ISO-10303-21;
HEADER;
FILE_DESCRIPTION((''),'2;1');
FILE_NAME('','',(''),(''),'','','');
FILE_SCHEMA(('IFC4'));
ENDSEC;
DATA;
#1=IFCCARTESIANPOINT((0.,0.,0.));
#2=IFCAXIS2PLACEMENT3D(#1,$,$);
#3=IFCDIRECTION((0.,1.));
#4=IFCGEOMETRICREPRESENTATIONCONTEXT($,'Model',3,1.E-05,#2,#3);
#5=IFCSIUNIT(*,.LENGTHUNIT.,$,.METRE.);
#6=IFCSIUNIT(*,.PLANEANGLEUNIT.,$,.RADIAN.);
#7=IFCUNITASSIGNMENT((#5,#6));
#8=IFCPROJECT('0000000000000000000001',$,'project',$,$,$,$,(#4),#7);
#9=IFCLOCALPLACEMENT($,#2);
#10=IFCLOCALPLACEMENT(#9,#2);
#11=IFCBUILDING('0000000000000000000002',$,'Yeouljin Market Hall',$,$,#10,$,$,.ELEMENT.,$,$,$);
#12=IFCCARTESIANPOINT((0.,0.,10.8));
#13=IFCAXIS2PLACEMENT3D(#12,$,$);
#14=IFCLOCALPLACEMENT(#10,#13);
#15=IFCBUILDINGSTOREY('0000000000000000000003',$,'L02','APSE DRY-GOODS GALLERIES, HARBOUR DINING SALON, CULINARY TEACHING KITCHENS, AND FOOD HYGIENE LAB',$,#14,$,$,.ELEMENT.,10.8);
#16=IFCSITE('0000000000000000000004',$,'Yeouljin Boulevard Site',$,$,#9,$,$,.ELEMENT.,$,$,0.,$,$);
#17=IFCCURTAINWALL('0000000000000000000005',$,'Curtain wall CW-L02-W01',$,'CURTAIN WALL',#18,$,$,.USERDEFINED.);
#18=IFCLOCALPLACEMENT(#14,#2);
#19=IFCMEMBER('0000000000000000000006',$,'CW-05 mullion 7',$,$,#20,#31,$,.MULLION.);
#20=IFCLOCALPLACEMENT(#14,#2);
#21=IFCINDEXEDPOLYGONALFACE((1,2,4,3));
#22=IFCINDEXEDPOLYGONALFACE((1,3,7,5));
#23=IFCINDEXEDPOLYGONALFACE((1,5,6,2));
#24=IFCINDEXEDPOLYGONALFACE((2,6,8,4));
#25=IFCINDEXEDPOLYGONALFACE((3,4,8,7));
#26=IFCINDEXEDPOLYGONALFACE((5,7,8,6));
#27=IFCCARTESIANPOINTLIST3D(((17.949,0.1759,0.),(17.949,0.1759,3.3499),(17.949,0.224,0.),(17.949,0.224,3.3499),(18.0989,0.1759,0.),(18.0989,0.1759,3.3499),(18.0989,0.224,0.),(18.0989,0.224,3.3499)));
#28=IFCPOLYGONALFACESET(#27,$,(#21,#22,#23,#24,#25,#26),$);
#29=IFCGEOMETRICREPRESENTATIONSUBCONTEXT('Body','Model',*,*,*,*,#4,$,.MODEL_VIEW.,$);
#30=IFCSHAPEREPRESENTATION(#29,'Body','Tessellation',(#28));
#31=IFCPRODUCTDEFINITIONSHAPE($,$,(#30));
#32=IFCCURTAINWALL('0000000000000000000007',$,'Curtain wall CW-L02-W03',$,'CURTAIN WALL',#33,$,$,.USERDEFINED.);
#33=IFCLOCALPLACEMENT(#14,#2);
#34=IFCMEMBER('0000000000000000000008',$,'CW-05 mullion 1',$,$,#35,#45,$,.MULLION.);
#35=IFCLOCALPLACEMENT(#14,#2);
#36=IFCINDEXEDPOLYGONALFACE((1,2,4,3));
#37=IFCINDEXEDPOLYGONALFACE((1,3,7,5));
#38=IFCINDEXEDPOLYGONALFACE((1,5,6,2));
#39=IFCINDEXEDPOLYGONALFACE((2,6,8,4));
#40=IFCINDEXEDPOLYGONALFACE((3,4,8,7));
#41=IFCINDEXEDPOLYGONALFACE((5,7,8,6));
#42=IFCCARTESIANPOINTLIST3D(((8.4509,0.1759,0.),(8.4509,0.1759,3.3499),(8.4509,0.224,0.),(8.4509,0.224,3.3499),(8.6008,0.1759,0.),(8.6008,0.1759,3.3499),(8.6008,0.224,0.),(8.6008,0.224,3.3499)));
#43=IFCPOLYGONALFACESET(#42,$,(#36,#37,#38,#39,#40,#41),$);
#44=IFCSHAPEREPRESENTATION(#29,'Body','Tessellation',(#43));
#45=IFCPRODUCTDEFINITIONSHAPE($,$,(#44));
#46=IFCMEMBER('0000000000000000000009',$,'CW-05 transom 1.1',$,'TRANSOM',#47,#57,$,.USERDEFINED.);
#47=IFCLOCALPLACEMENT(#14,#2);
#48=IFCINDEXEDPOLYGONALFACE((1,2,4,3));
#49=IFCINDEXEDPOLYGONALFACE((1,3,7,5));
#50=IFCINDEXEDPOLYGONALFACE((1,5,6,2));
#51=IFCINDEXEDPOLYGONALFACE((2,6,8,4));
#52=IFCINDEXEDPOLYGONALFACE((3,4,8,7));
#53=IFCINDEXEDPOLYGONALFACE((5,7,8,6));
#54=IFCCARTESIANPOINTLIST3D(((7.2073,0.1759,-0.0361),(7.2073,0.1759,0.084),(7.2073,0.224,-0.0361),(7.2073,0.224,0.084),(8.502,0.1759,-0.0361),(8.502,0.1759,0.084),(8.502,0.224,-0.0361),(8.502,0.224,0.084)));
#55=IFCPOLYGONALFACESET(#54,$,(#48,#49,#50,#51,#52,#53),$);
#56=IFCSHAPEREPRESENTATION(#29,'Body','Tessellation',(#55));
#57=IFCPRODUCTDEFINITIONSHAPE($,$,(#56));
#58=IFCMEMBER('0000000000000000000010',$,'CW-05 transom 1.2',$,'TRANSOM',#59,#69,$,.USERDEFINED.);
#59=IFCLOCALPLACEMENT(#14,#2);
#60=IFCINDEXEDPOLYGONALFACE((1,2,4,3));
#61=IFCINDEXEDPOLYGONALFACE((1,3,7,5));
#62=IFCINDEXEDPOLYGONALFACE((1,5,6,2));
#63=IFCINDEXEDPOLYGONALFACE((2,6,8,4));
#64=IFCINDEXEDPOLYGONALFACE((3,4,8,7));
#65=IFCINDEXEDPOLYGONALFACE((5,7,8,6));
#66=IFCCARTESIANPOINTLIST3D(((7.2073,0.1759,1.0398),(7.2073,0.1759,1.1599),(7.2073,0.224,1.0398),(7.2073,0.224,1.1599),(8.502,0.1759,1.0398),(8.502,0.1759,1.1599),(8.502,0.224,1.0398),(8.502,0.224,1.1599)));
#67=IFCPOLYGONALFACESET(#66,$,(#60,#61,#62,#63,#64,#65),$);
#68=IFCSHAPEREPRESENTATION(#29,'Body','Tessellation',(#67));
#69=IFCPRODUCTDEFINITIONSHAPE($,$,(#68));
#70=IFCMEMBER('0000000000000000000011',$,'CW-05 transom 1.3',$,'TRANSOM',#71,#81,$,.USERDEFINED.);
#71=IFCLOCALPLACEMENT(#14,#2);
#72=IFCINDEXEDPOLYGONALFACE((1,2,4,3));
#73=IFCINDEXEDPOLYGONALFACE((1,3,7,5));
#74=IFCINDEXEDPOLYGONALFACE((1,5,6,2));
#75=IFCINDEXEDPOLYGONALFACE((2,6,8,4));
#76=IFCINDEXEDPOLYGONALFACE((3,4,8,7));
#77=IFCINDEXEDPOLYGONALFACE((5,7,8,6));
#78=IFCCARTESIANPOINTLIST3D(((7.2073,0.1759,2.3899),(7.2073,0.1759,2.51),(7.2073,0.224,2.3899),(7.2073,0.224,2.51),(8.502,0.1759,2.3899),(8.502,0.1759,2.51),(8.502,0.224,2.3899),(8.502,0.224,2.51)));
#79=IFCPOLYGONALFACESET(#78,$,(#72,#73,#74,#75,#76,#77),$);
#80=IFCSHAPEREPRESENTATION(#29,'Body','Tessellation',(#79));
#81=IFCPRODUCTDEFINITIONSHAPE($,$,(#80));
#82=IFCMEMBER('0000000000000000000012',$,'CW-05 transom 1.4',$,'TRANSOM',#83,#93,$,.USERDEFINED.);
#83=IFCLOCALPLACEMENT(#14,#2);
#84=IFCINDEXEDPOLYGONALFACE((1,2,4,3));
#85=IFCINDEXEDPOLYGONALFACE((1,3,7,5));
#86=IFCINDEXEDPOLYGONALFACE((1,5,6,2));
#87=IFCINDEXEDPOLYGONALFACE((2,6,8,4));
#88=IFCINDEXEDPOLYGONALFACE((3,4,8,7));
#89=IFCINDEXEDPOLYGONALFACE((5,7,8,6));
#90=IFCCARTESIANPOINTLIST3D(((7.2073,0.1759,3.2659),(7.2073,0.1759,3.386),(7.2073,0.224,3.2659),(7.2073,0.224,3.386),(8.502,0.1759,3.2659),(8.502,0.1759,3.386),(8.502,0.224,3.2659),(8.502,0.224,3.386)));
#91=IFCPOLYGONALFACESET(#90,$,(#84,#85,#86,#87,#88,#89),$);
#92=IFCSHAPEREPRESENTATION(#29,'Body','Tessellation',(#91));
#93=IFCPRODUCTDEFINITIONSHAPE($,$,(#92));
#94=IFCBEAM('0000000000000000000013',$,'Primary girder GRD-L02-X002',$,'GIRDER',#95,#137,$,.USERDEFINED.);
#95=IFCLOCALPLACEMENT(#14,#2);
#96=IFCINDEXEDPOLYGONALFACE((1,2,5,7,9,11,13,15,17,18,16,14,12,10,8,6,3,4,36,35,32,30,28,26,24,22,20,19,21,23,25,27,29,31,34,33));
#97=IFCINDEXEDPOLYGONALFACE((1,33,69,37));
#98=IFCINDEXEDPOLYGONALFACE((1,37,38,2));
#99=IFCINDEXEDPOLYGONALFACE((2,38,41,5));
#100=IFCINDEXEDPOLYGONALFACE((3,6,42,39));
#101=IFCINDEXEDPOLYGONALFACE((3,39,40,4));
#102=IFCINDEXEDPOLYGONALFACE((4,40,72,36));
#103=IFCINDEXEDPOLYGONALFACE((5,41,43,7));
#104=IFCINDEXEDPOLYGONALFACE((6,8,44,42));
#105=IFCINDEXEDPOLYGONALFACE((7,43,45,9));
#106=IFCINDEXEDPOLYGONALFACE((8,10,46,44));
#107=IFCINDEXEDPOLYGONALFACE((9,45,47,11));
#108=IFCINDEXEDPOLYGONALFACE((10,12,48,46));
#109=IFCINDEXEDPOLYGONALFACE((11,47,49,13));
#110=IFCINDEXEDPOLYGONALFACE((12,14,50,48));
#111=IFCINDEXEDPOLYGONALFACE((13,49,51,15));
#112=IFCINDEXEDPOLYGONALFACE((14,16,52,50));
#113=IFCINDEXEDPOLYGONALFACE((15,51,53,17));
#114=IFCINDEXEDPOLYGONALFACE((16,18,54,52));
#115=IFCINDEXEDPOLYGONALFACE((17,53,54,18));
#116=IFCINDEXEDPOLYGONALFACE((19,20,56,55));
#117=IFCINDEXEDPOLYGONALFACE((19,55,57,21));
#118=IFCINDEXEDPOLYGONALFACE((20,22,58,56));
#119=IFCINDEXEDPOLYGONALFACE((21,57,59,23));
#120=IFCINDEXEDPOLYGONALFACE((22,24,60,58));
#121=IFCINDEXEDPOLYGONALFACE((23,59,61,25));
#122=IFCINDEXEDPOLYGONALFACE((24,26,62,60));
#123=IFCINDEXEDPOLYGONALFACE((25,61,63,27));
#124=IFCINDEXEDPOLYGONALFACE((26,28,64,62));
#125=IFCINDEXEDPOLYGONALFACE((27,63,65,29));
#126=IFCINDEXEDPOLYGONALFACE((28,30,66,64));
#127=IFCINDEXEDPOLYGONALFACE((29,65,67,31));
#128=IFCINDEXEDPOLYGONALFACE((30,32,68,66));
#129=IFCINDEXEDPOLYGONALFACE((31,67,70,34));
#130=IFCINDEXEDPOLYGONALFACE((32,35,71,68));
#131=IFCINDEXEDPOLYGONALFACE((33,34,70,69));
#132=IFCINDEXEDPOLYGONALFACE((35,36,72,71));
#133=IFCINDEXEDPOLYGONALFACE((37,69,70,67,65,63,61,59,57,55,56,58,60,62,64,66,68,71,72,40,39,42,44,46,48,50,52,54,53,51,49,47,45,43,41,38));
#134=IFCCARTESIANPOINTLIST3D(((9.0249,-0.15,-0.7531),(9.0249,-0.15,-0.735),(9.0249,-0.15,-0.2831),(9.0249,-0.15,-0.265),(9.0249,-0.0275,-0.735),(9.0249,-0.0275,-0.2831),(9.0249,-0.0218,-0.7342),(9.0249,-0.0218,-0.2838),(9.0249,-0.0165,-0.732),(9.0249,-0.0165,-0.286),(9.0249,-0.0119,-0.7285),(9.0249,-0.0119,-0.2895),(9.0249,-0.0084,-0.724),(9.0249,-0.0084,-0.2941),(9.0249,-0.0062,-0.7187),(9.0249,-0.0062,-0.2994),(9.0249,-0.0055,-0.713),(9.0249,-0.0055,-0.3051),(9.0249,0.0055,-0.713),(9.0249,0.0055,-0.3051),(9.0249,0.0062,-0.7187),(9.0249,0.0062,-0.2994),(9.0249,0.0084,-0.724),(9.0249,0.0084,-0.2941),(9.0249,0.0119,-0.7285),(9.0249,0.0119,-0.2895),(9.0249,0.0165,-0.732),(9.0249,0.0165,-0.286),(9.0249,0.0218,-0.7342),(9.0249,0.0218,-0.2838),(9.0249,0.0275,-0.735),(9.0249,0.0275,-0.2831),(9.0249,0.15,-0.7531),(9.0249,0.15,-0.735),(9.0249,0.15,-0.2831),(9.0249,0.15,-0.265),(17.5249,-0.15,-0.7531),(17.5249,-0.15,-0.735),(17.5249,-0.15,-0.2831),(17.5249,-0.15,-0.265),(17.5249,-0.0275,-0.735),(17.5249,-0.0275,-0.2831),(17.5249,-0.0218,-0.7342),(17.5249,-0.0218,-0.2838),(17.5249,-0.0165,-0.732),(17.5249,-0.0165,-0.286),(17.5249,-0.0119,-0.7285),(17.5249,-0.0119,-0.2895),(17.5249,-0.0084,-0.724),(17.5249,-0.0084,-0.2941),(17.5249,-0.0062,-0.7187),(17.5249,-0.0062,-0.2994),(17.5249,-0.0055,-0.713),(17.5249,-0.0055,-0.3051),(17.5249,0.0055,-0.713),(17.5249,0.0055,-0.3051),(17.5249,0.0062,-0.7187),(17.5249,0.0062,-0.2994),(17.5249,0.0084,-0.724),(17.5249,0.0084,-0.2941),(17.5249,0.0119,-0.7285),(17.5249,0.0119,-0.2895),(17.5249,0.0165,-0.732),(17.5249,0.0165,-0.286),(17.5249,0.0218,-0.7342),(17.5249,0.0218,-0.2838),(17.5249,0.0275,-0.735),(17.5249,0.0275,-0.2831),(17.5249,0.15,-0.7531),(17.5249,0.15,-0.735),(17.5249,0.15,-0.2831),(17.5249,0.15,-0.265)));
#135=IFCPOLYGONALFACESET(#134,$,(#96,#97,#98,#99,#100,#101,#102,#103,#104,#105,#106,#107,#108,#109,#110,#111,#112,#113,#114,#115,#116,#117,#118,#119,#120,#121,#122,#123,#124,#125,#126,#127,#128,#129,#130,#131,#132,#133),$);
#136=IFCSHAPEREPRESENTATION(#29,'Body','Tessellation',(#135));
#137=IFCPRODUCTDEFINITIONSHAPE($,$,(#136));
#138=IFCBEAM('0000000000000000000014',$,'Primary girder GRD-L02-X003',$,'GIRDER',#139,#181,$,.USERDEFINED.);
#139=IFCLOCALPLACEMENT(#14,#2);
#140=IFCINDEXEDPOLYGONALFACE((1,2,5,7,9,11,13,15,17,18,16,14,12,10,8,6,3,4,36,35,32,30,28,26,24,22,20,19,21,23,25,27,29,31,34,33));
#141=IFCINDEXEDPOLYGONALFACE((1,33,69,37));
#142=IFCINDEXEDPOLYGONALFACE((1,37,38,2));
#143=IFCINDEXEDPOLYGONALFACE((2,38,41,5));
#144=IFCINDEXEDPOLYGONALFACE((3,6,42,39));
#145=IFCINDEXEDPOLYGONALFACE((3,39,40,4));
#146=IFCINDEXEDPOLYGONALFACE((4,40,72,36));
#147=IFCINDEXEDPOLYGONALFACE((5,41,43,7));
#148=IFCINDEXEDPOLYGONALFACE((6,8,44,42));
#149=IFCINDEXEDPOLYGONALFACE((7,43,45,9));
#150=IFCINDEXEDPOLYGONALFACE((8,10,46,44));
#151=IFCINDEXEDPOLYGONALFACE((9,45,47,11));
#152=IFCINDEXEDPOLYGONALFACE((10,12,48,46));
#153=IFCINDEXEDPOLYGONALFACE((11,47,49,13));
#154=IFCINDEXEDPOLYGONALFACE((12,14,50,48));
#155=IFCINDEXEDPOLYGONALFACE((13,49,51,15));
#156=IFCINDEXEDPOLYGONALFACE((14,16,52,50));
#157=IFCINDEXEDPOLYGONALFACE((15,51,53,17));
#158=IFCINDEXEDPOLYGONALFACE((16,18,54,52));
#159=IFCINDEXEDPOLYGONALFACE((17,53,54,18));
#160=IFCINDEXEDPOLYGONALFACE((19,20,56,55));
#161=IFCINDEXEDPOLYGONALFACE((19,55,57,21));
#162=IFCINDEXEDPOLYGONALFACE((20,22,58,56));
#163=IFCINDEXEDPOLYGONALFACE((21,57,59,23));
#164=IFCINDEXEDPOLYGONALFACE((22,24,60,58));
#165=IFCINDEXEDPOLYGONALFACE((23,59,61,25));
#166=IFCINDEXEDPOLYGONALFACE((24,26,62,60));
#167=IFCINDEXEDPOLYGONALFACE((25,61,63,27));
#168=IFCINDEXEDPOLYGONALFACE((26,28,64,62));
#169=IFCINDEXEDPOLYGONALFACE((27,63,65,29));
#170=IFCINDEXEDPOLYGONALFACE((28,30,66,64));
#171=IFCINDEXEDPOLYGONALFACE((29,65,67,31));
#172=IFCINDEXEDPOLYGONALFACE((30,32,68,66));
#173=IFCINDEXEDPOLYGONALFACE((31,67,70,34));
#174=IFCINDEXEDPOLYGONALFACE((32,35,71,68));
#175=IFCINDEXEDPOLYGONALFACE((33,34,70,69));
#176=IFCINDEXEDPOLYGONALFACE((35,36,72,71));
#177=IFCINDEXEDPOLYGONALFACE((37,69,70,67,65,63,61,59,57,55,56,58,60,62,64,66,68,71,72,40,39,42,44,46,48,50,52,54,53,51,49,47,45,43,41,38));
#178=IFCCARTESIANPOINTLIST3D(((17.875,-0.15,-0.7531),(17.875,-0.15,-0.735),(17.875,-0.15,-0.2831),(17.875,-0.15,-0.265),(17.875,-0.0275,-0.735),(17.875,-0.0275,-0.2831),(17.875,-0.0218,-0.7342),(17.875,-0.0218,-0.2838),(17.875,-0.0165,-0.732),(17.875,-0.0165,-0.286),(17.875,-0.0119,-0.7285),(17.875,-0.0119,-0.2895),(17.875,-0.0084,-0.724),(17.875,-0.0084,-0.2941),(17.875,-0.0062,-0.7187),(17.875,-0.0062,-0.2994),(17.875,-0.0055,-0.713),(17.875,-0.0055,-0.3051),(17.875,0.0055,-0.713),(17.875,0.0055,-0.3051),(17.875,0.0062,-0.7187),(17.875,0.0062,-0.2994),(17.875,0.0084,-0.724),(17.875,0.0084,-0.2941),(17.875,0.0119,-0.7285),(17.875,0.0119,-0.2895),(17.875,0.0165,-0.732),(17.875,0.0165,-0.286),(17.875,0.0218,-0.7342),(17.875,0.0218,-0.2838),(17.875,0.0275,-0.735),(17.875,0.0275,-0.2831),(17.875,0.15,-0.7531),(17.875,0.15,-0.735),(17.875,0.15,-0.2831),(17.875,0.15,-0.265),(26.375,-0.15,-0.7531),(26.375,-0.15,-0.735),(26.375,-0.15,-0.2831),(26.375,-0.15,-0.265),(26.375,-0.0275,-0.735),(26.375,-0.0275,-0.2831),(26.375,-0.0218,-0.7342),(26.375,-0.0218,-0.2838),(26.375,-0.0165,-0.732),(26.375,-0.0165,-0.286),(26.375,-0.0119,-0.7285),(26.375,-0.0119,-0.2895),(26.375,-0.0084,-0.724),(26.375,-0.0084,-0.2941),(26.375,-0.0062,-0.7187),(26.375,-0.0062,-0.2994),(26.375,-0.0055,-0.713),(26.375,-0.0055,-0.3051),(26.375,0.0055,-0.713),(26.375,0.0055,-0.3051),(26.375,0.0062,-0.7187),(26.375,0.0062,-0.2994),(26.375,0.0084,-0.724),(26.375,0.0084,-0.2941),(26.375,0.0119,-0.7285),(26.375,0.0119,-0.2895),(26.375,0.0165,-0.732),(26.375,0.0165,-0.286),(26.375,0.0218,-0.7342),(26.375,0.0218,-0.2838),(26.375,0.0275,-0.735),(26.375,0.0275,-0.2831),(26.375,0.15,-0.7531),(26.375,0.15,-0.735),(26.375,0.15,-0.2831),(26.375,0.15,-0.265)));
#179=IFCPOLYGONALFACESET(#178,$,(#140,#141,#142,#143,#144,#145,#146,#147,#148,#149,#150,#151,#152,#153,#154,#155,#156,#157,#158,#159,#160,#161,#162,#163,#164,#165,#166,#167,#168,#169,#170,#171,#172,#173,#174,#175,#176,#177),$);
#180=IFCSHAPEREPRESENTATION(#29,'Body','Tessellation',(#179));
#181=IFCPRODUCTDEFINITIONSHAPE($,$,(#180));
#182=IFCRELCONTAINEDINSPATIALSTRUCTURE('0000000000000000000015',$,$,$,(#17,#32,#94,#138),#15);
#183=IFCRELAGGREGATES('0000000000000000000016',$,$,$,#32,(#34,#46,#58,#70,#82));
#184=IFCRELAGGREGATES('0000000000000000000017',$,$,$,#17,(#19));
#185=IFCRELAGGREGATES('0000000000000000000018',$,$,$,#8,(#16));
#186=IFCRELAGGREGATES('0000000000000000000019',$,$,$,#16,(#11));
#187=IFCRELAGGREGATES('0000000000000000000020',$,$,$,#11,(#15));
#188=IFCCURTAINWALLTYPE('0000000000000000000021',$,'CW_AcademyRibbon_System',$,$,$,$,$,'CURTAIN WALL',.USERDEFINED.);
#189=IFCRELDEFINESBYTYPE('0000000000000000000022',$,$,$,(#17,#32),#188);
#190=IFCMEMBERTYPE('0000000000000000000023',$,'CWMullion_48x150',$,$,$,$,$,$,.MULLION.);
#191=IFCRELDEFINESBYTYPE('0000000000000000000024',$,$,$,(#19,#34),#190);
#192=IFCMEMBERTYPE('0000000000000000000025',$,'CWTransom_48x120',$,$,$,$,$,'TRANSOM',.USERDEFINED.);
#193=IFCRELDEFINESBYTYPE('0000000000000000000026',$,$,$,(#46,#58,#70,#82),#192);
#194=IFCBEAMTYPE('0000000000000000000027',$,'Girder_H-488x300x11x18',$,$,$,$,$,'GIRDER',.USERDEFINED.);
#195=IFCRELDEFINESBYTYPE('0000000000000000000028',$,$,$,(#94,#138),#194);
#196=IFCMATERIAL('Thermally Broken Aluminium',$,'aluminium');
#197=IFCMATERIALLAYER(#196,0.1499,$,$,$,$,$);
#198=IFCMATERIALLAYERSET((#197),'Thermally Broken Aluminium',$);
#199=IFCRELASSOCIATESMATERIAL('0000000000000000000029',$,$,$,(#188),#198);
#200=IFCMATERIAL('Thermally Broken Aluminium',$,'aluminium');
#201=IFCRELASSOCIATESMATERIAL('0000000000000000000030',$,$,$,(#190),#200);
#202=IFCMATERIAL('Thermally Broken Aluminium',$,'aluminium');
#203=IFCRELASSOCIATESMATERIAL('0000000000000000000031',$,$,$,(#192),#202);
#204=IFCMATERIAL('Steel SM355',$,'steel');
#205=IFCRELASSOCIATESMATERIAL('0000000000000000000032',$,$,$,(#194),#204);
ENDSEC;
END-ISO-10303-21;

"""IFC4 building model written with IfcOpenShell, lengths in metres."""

from ifc_helpers import new_model, si_unit, direction, frame, origin, origin_2d, place, context, subcontext, project, spatial, rectangle, i_section, extrude, material, layer, layer_set, material_profile, profile_set, type_object, element, aggregate, save


model = new_model("IFC4")

# Units and contexts
model_context = context("Model", 3, precision=1e-05, world=origin(), true_north=direction((0.0, 1.0)))
body_context = subcontext(model_context, "Body", "Model", "MODEL_VIEW")
ifc_project = project(units=[si_unit("LENGTHUNIT", "METRE"), si_unit("PLANEANGLEUNIT", "RADIAN")], contexts=[model_context])

# Site, building, storey
site_placement = place(None, origin())
site = spatial("IfcSite", under=ifc_project, at=site_placement, Name="Yeouljin Boulevard Site", CompositionType="ELEMENT", RefElevation=0.0)
building_placement = place(site_placement, origin())
building = spatial("IfcBuilding", under=site, at=building_placement, Name="Yeouljin Market Hall", CompositionType="ELEMENT")
storey_placement = place(building_placement, frame((0.0, 0.0, 10.8)))
storey = spatial("IfcBuildingStorey", under=building, at=storey_placement, Name="L02", Description="APSE DRY-GOODS GALLERIES, HARBOUR DINING SALON, CULINARY TEACHING KITCHENS, AND FOOD HYGIENE LAB", CompositionType="ELEMENT", Elevation=10.8)

# Curtain wall, member
ifc_material_1 = material(Name="Thermally Broken Aluminium", Category="aluminium")
ifc_layer_1 = layer(ifc_material_1, 0.1499)
ifc_layer_set_1 = layer_set([ifc_layer_1], Name="Thermally Broken Aluminium")
curtain_wall_type = type_object("IfcCurtainWallType", Name="CW_AcademyRibbon_System", ElementType="CURTAIN WALL", PredefinedType="USERDEFINED", material=ifc_layer_set_1)
curtain_wall_1_placement = place(storey_placement, origin())
curtain_wall_1 = element("IfcCurtainWall", 1, at=curtain_wall_1_placement, inside=storey, type_object=curtain_wall_type, Name="Curtain wall CW-L02-W01", ObjectType="CURTAIN WALL", PredefinedType="USERDEFINED")
ifc_material_2 = material(Name="Thermally Broken Aluminium", Category="aluminium")
ifc_material_profile_1 = material_profile(ifc_material_2, rectangle(XDim=0.0481, YDim=0.1499, at=origin_2d()), Name="CW-MULL-48x150")
ifc_profile_set_1 = profile_set([ifc_material_profile_1], Name="Thermally Broken Aluminium")
member_type_1 = type_object("IfcMemberType", Name="CWMullion_48x150", PredefinedType="MULLION", material=ifc_profile_set_1)
member_1_placement = place(storey_placement, frame((18.0239, 0.2, 0.0), z_axis=(0.0, 0.0, 1.0), x_axis=(0.0, -1.0, 0.0)))
member_1 = element("IfcMember", 2, at=member_1_placement, type_object=member_type_1, Name="CW-05 mullion 7", PredefinedType="MULLION", context=body_context, shape_type="SweptSolid", body=[
    extrude(rectangle(XDim=0.0481, YDim=0.1499, at=origin_2d()), origin(), (0.0, 0.0, 1.0), 3.3499),
])

# Curtain wall, members
curtain_wall_2_placement = place(storey_placement, origin())
curtain_wall_2 = element("IfcCurtainWall", 3, at=curtain_wall_2_placement, inside=storey, type_object=curtain_wall_type, Name="Curtain wall CW-L02-W03", ObjectType="CURTAIN WALL", PredefinedType="USERDEFINED")
member_2_placement = place(storey_placement, frame((8.5259, 0.2, 0.0), z_axis=(0.0, 0.0, 1.0), x_axis=(0.0, -1.0, 0.0)))
member_2 = element("IfcMember", 4, at=member_2_placement, type_object=member_type_1, Name="CW-05 mullion 1", PredefinedType="MULLION", context=body_context, shape_type="SweptSolid", body=[
    extrude(rectangle(XDim=0.0481, YDim=0.1499, at=origin_2d()), origin(), (0.0, 0.0, 1.0), 3.3499),
])
ifc_material_3 = material(Name="Thermally Broken Aluminium", Category="aluminium")
ifc_material_profile_2 = material_profile(ifc_material_3, rectangle(XDim=0.0481, YDim=0.1201, at=origin_2d()), Name="CW-TRAN-48x120")
ifc_profile_set_2 = profile_set([ifc_material_profile_2], Name="Thermally Broken Aluminium")
member_type_2 = type_object("IfcMemberType", Name="CWTransom_48x120", ElementType="TRANSOM", PredefinedType="USERDEFINED", material=ifc_profile_set_2)
member_3_placement = place(storey_placement, frame((8.502, 0.2, 0.0239), z_axis=(-1.0, 0.0, 0.0), x_axis=(0.0, -1.0, 0.0)))
member_3 = element("IfcMember", 5, at=member_3_placement, type_object=member_type_2, Name="CW-05 transom 1.1", ObjectType="TRANSOM", PredefinedType="USERDEFINED", context=body_context, shape_type="SweptSolid", body=[
    extrude(rectangle(XDim=0.0481, YDim=0.1201, at=origin_2d()), origin(), (0.0, 0.0, 1.0), 1.2947),
])
member_4_placement = place(storey_placement, frame((8.502, 0.2, 1.0999), z_axis=(-1.0, 0.0, 0.0), x_axis=(0.0, -1.0, 0.0)))
member_4 = element("IfcMember", 6, at=member_4_placement, type_object=member_type_2, Name="CW-05 transom 1.2", ObjectType="TRANSOM", PredefinedType="USERDEFINED", context=body_context, shape_type="SweptSolid", body=[
    extrude(rectangle(XDim=0.0481, YDim=0.1201, at=origin_2d()), origin(), (0.0, 0.0, 1.0), 1.2947),
])
member_5_placement = place(storey_placement, frame((8.502, 0.2, 2.45), z_axis=(-1.0, 0.0, 0.0), x_axis=(0.0, -1.0, 0.0)))
member_5 = element("IfcMember", 7, at=member_5_placement, type_object=member_type_2, Name="CW-05 transom 1.3", ObjectType="TRANSOM", PredefinedType="USERDEFINED", context=body_context, shape_type="SweptSolid", body=[
    extrude(rectangle(XDim=0.0481, YDim=0.1201, at=origin_2d()), origin(), (0.0, 0.0, 1.0), 1.2947),
])
member_6_placement = place(storey_placement, frame((8.502, 0.2, 3.3259), z_axis=(-1.0, 0.0, 0.0), x_axis=(0.0, -1.0, 0.0)))
member_6 = element("IfcMember", 8, at=member_6_placement, type_object=member_type_2, Name="CW-05 transom 1.4", ObjectType="TRANSOM", PredefinedType="USERDEFINED", context=body_context, shape_type="SweptSolid", body=[
    extrude(rectangle(XDim=0.0481, YDim=0.1201, at=origin_2d()), origin(), (0.0, 0.0, 1.0), 1.2947),
])
aggregate(curtain_wall_2, [member_2, member_3, member_4, member_5, member_6])

# Beams
ifc_material_4 = material(Name="Steel SM355", Category="steel")
ifc_material_profile_3 = material_profile(ifc_material_4, i_section(OverallWidth=0.3, OverallDepth=0.488, WebThickness=0.011, FlangeThickness=0.0181, FilletRadius=0.022, at=origin_2d()), Name="H-488x300x11x18")
ifc_profile_set_3 = profile_set([ifc_material_profile_3], Name="Steel SM355")
beam_type_1 = type_object("IfcBeamType", Name="Girder_H-488x300x11x18", ElementType="GIRDER", PredefinedType="USERDEFINED", material=ifc_profile_set_3)
for number, where, z_axis, x_axis, name in (
    (9, (9.0249, 0.0, -0.509), (1.0, 0.0, 0.0), (0.0, 1.0, 0.0), "Primary girder GRD-L02-X002"),
    (10, (17.875, 0.0, -0.509), (1.0, 0.0, 0.0), (0.0, 1.0, 0.0), "Primary girder GRD-L02-X003"),
):
    element("IfcBeam", number, at=place(storey_placement, frame(where, z_axis=z_axis, x_axis=x_axis)), inside=storey, type_object=beam_type_1, Name=name, ObjectType="GIRDER", PredefinedType="USERDEFINED", context=body_context, shape_type="SweptSolid", body=[
        extrude(i_section(OverallWidth=0.3, OverallDepth=0.488, WebThickness=0.011, FlangeThickness=0.0181, FilletRadius=0.022, at=origin_2d()), origin(), (0.0, 0.0, 1.0), 8.5),
    ])

aggregate(curtain_wall_1, [member_1])

save(model, "model.ifc")
